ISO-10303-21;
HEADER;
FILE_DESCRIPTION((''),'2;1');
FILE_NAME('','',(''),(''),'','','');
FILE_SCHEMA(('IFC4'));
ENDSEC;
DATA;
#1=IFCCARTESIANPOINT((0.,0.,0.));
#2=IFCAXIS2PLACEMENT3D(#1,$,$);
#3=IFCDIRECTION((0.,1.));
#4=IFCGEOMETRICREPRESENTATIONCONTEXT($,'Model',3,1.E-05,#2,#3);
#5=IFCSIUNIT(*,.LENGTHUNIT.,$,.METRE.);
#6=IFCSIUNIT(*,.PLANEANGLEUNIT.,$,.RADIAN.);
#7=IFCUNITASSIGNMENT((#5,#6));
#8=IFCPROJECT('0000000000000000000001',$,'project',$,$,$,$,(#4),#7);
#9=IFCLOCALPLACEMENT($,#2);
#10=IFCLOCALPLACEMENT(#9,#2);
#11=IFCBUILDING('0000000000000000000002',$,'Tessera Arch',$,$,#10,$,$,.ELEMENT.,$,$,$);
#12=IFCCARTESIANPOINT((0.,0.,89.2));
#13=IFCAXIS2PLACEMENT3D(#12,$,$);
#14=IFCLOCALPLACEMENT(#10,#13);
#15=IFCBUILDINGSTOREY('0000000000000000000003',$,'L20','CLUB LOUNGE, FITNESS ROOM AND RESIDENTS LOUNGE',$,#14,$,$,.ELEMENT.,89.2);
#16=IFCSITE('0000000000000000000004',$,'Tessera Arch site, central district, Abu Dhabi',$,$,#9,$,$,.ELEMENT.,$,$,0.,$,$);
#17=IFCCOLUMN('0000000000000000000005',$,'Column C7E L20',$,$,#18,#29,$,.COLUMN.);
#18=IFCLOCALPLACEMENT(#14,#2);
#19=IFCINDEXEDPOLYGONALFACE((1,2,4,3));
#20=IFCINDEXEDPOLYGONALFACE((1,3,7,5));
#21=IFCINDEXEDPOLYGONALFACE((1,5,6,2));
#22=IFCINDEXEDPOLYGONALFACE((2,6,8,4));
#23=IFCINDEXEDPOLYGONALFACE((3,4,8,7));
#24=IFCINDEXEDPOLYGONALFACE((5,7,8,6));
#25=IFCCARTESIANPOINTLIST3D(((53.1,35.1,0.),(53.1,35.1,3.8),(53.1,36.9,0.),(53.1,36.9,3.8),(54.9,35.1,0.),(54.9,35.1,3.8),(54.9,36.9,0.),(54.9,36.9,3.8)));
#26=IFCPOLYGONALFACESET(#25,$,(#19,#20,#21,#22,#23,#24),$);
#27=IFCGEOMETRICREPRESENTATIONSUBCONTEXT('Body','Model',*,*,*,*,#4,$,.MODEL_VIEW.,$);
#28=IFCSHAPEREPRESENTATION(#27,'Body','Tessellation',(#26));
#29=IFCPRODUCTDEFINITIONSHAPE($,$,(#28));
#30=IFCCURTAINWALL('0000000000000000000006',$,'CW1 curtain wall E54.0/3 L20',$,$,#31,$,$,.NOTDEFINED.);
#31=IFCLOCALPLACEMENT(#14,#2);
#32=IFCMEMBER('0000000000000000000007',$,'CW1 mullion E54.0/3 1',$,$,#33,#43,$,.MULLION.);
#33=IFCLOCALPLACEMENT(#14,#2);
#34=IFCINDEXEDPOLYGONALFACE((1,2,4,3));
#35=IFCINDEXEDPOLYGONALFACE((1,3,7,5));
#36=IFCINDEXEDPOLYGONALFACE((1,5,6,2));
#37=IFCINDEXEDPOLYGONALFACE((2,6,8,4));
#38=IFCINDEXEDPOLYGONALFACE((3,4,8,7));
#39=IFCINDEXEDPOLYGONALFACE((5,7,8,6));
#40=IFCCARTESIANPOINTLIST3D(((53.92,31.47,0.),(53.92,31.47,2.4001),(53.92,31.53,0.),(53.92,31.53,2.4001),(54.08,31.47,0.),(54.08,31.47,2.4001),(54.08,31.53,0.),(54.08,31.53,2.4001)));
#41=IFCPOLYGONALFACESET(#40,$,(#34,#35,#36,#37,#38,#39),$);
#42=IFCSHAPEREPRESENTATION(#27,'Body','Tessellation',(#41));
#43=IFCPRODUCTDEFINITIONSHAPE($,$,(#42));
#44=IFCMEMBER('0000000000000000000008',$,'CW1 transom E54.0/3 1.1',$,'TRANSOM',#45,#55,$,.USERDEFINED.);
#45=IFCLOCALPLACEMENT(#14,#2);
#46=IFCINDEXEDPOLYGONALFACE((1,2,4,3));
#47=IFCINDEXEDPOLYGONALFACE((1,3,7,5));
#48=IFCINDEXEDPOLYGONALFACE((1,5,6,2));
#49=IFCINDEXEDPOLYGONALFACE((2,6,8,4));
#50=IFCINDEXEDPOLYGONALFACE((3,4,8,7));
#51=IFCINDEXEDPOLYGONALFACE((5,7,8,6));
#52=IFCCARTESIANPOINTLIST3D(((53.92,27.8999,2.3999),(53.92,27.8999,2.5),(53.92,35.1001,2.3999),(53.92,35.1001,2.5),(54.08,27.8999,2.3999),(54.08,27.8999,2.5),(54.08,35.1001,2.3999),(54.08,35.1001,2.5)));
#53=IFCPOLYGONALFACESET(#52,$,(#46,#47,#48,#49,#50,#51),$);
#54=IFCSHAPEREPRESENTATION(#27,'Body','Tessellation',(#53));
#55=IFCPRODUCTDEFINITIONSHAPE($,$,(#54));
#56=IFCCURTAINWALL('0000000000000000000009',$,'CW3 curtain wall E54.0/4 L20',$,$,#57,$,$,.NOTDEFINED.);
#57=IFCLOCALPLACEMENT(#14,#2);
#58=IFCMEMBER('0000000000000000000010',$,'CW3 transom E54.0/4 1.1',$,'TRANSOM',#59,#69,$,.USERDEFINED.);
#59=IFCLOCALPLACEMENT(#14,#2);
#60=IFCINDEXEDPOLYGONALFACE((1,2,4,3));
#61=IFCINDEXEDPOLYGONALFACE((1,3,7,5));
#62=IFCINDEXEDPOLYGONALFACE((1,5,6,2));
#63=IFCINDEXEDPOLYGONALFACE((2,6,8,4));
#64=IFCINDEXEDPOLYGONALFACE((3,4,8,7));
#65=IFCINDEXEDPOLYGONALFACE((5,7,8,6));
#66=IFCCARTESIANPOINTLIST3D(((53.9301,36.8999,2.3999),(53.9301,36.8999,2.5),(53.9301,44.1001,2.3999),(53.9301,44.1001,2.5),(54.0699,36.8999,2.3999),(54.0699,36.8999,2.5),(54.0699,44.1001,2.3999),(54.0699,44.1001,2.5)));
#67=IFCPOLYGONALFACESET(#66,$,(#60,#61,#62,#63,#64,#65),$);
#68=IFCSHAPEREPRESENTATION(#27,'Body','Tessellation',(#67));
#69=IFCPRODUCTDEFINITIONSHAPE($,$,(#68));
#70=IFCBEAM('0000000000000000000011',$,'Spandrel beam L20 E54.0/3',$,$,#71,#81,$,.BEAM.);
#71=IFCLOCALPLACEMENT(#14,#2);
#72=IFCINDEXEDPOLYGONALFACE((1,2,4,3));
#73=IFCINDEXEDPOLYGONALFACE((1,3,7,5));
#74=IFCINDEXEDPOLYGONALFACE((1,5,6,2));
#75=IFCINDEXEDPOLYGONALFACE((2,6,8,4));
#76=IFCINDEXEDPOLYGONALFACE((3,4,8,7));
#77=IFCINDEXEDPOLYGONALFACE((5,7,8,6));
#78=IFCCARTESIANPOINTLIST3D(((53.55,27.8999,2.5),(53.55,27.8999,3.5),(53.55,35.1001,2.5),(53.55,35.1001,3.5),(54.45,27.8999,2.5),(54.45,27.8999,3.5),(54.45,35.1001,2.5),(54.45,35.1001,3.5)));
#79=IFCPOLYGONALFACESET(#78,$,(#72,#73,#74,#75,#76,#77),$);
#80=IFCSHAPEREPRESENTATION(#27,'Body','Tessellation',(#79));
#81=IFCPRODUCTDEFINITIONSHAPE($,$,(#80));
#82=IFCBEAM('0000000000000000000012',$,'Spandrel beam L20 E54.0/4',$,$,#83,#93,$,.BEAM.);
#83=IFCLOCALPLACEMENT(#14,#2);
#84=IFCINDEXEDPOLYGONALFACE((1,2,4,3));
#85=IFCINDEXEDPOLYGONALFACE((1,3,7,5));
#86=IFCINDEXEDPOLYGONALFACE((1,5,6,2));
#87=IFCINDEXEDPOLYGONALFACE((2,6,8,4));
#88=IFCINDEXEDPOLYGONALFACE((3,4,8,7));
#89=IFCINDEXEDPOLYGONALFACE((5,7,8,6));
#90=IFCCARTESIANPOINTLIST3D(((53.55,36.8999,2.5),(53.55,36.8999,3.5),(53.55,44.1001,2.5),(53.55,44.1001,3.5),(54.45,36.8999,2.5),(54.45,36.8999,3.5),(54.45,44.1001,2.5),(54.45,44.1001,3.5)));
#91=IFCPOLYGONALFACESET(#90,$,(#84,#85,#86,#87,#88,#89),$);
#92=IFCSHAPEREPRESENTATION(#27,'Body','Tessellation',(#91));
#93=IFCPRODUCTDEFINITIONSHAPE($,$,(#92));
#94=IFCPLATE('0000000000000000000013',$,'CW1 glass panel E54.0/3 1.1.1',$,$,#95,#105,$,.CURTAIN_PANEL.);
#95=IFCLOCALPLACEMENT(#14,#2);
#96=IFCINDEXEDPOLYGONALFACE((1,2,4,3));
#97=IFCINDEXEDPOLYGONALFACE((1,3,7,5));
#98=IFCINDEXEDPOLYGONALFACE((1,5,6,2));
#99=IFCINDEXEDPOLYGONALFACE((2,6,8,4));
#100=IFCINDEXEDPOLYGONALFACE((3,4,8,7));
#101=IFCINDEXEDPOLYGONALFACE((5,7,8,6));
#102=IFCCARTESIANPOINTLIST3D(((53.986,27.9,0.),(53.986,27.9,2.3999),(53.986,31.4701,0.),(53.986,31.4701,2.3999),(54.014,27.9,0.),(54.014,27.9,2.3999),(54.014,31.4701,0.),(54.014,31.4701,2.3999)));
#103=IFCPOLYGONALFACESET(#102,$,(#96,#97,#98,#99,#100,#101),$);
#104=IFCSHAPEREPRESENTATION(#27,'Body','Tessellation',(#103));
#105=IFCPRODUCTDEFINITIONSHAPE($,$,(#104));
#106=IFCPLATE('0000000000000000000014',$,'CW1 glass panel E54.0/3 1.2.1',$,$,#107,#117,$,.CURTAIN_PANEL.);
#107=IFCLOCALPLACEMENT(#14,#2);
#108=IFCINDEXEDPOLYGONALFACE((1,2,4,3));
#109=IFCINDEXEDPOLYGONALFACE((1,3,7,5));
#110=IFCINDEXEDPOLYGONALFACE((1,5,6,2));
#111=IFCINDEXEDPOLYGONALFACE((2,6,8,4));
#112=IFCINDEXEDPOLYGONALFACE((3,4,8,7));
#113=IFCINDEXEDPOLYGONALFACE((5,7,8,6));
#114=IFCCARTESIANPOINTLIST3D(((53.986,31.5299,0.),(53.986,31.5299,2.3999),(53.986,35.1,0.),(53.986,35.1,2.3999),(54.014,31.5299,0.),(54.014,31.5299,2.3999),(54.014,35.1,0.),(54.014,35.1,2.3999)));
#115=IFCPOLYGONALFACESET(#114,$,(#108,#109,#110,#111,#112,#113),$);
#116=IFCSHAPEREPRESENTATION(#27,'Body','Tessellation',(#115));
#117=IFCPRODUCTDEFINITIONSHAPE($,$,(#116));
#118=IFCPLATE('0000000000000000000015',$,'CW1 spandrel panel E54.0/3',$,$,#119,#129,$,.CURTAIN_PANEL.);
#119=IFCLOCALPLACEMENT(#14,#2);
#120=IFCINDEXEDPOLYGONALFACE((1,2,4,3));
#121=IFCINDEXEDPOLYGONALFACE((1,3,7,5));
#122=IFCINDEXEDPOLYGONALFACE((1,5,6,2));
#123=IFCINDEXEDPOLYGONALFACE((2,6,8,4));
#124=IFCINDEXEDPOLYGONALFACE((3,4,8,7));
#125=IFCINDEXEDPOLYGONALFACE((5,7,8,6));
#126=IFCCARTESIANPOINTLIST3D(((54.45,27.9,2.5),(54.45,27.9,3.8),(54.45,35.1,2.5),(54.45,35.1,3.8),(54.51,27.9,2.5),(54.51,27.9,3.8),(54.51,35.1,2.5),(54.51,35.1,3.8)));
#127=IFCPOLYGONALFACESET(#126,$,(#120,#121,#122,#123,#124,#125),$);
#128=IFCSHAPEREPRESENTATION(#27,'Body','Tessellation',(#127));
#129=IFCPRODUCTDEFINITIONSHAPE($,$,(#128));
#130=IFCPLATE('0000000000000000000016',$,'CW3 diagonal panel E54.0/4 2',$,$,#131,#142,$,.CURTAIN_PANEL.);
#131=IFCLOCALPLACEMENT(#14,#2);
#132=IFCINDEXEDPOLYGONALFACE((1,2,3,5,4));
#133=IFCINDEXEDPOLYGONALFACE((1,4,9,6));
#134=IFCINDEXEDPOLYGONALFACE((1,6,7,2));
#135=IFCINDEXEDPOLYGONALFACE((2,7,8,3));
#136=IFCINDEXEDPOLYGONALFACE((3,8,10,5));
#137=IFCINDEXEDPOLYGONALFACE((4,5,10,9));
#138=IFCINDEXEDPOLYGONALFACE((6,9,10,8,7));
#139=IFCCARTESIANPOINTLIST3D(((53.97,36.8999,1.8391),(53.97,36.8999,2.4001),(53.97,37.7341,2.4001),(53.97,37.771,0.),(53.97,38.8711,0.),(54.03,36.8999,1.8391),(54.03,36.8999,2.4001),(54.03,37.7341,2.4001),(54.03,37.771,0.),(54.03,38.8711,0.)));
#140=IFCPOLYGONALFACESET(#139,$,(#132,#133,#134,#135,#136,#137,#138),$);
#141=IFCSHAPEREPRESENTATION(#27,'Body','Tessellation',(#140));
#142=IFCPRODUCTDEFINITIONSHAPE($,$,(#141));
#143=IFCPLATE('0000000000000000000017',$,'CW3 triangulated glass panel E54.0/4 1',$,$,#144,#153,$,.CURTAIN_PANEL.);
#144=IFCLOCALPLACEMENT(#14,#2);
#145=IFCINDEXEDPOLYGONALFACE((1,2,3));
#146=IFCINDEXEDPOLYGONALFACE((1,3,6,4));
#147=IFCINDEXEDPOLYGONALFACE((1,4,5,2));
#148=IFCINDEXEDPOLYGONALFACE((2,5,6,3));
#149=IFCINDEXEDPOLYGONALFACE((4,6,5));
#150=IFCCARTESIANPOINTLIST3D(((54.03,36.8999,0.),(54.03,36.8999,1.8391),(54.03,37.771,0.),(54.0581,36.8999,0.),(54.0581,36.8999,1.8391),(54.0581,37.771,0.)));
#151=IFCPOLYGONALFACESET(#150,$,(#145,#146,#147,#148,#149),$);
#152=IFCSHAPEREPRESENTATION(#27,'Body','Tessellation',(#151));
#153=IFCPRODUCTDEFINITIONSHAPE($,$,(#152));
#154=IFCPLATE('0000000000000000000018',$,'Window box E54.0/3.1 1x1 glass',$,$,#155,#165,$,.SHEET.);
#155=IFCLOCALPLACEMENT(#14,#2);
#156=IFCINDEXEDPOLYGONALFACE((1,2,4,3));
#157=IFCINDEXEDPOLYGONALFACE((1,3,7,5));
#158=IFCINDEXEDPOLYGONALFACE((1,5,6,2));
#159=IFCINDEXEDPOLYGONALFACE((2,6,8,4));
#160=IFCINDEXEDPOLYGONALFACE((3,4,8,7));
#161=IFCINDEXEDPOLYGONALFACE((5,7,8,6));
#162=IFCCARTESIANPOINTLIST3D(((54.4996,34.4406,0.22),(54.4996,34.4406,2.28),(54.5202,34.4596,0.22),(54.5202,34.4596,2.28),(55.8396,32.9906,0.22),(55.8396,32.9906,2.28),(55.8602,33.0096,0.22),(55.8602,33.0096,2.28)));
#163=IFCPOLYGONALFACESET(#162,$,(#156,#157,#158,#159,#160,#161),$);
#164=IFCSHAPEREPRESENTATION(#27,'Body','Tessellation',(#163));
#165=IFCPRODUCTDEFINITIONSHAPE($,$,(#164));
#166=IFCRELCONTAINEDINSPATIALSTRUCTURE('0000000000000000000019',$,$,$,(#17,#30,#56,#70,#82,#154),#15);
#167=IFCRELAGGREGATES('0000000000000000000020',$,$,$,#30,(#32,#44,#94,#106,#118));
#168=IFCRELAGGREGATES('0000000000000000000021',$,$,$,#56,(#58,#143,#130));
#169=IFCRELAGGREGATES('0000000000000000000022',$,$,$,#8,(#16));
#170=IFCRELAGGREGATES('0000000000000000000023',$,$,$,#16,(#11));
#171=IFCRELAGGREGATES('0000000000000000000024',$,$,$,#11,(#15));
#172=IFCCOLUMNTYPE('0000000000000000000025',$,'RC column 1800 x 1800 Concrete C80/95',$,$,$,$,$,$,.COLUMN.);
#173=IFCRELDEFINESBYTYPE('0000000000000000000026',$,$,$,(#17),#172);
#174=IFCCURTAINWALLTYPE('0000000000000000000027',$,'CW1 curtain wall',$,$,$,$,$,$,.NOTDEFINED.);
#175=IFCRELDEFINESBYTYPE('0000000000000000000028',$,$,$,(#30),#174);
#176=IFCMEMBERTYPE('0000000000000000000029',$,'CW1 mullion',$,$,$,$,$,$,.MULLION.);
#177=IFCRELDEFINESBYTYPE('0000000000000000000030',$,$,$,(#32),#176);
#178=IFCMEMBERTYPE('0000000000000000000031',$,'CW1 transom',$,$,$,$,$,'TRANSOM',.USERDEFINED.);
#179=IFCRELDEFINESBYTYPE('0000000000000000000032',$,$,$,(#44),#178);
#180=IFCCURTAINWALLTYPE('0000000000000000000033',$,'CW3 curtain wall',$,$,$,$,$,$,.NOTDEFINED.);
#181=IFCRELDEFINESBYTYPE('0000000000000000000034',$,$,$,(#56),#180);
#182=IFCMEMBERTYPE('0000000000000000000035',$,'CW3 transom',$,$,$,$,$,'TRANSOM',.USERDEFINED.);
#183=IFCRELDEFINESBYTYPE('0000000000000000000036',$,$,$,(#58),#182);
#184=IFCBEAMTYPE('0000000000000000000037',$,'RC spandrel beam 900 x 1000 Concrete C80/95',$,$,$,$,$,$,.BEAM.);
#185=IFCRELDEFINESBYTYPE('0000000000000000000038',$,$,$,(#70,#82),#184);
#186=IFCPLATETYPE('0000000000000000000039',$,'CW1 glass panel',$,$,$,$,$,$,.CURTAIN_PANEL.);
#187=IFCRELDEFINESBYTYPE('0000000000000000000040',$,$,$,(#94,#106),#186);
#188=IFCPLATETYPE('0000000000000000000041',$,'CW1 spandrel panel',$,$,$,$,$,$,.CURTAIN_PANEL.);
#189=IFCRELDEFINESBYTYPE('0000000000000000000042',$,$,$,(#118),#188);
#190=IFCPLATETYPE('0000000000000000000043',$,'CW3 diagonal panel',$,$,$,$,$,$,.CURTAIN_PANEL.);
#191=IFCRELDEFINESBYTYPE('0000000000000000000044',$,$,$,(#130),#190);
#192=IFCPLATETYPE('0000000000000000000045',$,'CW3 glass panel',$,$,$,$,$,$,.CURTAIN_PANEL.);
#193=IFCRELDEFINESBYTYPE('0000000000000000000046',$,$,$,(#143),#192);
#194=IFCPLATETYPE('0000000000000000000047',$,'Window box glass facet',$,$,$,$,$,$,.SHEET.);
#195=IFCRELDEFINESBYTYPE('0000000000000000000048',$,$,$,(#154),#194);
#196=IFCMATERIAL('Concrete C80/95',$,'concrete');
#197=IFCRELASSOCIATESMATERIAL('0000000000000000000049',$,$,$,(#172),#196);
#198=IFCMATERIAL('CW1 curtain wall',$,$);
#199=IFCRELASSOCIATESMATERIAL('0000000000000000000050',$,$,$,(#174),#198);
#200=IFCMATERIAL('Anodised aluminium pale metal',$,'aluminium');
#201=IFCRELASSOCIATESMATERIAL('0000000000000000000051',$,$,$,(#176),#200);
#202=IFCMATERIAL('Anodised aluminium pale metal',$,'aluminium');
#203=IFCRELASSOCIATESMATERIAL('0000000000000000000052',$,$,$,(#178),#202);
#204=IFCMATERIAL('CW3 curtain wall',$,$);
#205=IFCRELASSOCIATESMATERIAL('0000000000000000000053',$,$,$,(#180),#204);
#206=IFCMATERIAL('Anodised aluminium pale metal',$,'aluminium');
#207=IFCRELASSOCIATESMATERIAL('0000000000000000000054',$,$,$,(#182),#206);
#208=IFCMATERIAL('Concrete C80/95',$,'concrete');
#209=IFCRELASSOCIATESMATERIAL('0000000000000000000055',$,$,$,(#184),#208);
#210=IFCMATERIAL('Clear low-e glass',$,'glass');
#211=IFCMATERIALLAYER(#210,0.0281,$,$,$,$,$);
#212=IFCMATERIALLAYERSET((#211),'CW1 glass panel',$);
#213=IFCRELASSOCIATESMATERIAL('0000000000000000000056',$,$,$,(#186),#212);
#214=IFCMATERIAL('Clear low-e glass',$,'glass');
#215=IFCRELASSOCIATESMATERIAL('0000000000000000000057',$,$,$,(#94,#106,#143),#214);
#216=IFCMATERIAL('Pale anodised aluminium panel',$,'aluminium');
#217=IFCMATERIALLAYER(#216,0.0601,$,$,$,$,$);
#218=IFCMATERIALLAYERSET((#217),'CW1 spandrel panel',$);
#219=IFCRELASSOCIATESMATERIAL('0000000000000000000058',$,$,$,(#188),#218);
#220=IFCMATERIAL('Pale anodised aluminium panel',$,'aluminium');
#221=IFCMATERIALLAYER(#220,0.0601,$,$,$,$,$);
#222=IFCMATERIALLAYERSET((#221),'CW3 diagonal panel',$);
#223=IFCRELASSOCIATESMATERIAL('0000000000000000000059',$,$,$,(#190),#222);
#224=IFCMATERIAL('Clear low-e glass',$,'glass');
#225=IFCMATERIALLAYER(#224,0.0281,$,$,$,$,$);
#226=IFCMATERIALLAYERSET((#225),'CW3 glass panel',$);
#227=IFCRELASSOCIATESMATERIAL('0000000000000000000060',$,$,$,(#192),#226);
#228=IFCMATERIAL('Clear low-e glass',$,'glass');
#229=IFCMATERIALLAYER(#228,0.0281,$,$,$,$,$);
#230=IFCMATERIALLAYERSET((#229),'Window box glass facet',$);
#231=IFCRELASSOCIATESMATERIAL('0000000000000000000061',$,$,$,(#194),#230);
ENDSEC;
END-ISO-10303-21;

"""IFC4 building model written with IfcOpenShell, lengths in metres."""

from ifc_helpers import new_model, si_unit, direction, frame, origin, origin_2d, place, context, subcontext, project, spatial, polyline, rectangle, outline, extrude, material, layer, layer_set, material_profile, profile_set, type_object, element, aggregate, save


model = new_model("IFC4")

# Units and contexts
model_context = context("Model", 3, precision=1e-05, world=origin(), true_north=direction((0.0, 1.0)))
body_context = subcontext(model_context, "Body", "Model", "MODEL_VIEW")
ifc_project = project(units=[si_unit("LENGTHUNIT", "METRE"), si_unit("PLANEANGLEUNIT", "RADIAN")], contexts=[model_context])

# Site, building, storey
site_placement = place(None, origin())
site = spatial("IfcSite", under=ifc_project, at=site_placement, Name="Tessera Arch site, central district, Abu Dhabi", CompositionType="ELEMENT", RefElevation=0.0)
building_placement = place(site_placement, origin())
building = spatial("IfcBuilding", under=site, at=building_placement, Name="Tessera Arch", CompositionType="ELEMENT")
storey_placement = place(building_placement, frame((0.0, 0.0, 89.2)))
storey = spatial("IfcBuildingStorey", under=building, at=storey_placement, Name="L20", Description="CLUB LOUNGE, FITNESS ROOM AND RESIDENTS LOUNGE", CompositionType="ELEMENT", Elevation=89.2)

# Column
ifc_material_1 = material(Name="Concrete C80/95", Category="concrete")
ifc_material_profile_1 = material_profile(ifc_material_1, rectangle(XDim=1.8, YDim=1.8, at=origin_2d()), Name="RC column 1800 x 1800 Concrete C80/95")
ifc_profile_set_1 = profile_set([ifc_material_profile_1], Name="Concrete C80/95")
column_type = type_object("IfcColumnType", Name="RC column 1800 x 1800 Concrete C80/95", PredefinedType="COLUMN", material=ifc_profile_set_1)
column_placement = place(storey_placement, frame((54.0, 36.0, 0.0), z_axis=(0.0, 0.0, 1.0), x_axis=(1.0, 0.0, 0.0)))
element("IfcColumn", 1, at=column_placement, inside=storey, type_object=column_type, Name="Column C7E L20", PredefinedType="COLUMN", context=body_context, shape_type="SweptSolid", body=[
    extrude(rectangle(XDim=1.8, YDim=1.8, at=origin_2d()), origin(), (0.0, 0.0, 1.0), 3.8),
])

# Curtain wall, members
ifc_material_2 = material(Name="CW1 curtain wall")
curtain_wall_type_1 = type_object("IfcCurtainWallType", Name="CW1 curtain wall", PredefinedType="NOTDEFINED", material=ifc_material_2)
curtain_wall_1_placement = place(storey_placement, origin())
curtain_wall_1 = element("IfcCurtainWall", 2, at=curtain_wall_1_placement, inside=storey, type_object=curtain_wall_type_1, Name="CW1 curtain wall E54.0/3 L20", PredefinedType="NOTDEFINED")
ifc_material_3 = material(Name="Anodised aluminium pale metal", Category="aluminium")
ifc_material_profile_2 = material_profile(ifc_material_3, rectangle(XDim=0.1599, YDim=0.0601, at=origin_2d()), Name="AL 60x160")
ifc_profile_set_2 = profile_set([ifc_material_profile_2], Name="Anodised aluminium pale metal")
member_type_1 = type_object("IfcMemberType", Name="CW1 mullion", PredefinedType="MULLION", material=ifc_profile_set_2)
member_1_placement = place(storey_placement, frame((54.0, 31.5, 0.0), z_axis=(0.0, 0.0, 1.0), x_axis=(-1.0, 0.0, 0.0)))
member_1 = element("IfcMember", 3, at=member_1_placement, type_object=member_type_1, Name="CW1 mullion E54.0/3 1", PredefinedType="MULLION", context=body_context, shape_type="SweptSolid", body=[
    extrude(rectangle(XDim=0.1599, YDim=0.0601, at=origin_2d()), origin(), (0.0, 0.0, 1.0), 2.4001),
])
ifc_material_4 = material(Name="Anodised aluminium pale metal", Category="aluminium")
ifc_material_profile_3 = material_profile(ifc_material_4, rectangle(XDim=0.1599, YDim=0.1001, at=origin_2d()), Name="AL 160x100")
ifc_profile_set_3 = profile_set([ifc_material_profile_3], Name="Anodised aluminium pale metal")
member_type_2 = type_object("IfcMemberType", Name="CW1 transom", ElementType="TRANSOM", PredefinedType="USERDEFINED", material=ifc_profile_set_3)
member_2_placement = place(storey_placement, frame((54.0, 27.8999, 2.45), z_axis=(0.0, 1.0, 0.0), x_axis=(-1.0, 0.0, 0.0)))
member_2 = element("IfcMember", 4, at=member_2_placement, type_object=member_type_2, Name="CW1 transom E54.0/3 1.1", ObjectType="TRANSOM", PredefinedType="USERDEFINED", context=body_context, shape_type="SweptSolid", body=[
    extrude(rectangle(XDim=0.1599, YDim=0.1001, at=origin_2d()), origin(), (0.0, 0.0, 1.0), 7.2002),
])

# Curtain wall, member
ifc_material_5 = material(Name="CW3 curtain wall")
curtain_wall_type_2 = type_object("IfcCurtainWallType", Name="CW3 curtain wall", PredefinedType="NOTDEFINED", material=ifc_material_5)
curtain_wall_2_placement = place(storey_placement, origin())
curtain_wall_2 = element("IfcCurtainWall", 5, at=curtain_wall_2_placement, inside=storey, type_object=curtain_wall_type_2, Name="CW3 curtain wall E54.0/4 L20", PredefinedType="NOTDEFINED")
ifc_material_6 = material(Name="Anodised aluminium pale metal", Category="aluminium")
ifc_material_profile_4 = material_profile(ifc_material_6, rectangle(XDim=0.1399, YDim=0.1001, at=origin_2d()), Name="AL 140x100")
ifc_profile_set_4 = profile_set([ifc_material_profile_4], Name="Anodised aluminium pale metal")
member_type_3 = type_object("IfcMemberType", Name="CW3 transom", ElementType="TRANSOM", PredefinedType="USERDEFINED", material=ifc_profile_set_4)
member_3_placement = place(storey_placement, frame((54.0, 36.8999, 2.45), z_axis=(0.0, 1.0, 0.0), x_axis=(-1.0, 0.0, 0.0)))
member_3 = element("IfcMember", 6, at=member_3_placement, type_object=member_type_3, Name="CW3 transom E54.0/4 1.1", ObjectType="TRANSOM", PredefinedType="USERDEFINED", context=body_context, shape_type="SweptSolid", body=[
    extrude(rectangle(XDim=0.1399, YDim=0.1001, at=origin_2d()), origin(), (0.0, 0.0, 1.0), 7.2002),
])

# Beams
ifc_material_7 = material(Name="Concrete C80/95", Category="concrete")
ifc_material_profile_5 = material_profile(ifc_material_7, rectangle(XDim=0.8999, YDim=1.0, at=origin_2d()), Name="RC spandrel beam 900 x 1000 Concrete C80/95")
ifc_profile_set_5 = profile_set([ifc_material_profile_5], Name="Concrete C80/95")
beam_type = type_object("IfcBeamType", Name="RC spandrel beam 900 x 1000 Concrete C80/95", PredefinedType="BEAM", material=ifc_profile_set_5)
for number, where, z_axis, x_axis, name in (
    (7, (54.0, 27.8999, 3.0), (0.0, 1.0, 0.0), (-1.0, 0.0, 0.0), "Spandrel beam L20 E54.0/3"),
    (8, (54.0, 36.8999, 3.0), (0.0, 1.0, 0.0), (-1.0, 0.0, 0.0), "Spandrel beam L20 E54.0/4"),
):
    element("IfcBeam", number, at=place(storey_placement, frame(where, z_axis=z_axis, x_axis=x_axis)), inside=storey, type_object=beam_type, Name=name, PredefinedType="BEAM", context=body_context, shape_type="SweptSolid", body=[
        extrude(rectangle(XDim=0.8999, YDim=1.0, at=origin_2d()), origin(), (0.0, 0.0, 1.0), 7.2002),
    ])

# Plates
ifc_material_8 = material(Name="Clear low-e glass", Category="glass")
ifc_material_9 = material(Name="Clear low-e glass", Category="glass")
ifc_layer_1 = layer(ifc_material_9, 0.0281)
ifc_layer_set_1 = layer_set([ifc_layer_1], Name="CW1 glass panel")
plate_type_1 = type_object("IfcPlateType", Name="CW1 glass panel", PredefinedType="CURTAIN_PANEL", material=ifc_layer_set_1)
plate_1_placement = place(storey_placement, frame((54.0, 29.6851, 0.0), z_axis=(0.0, 0.0, 1.0), x_axis=(0.0, 1.0, 0.0)))
plate_1 = element("IfcPlate", 9, at=plate_1_placement, type_object=plate_type_1, material=ifc_material_8, Name="CW1 glass panel E54.0/3 1.1.1", PredefinedType="CURTAIN_PANEL", context=body_context, shape_type="SweptSolid", body=[
    extrude(rectangle(XDim=3.5701, YDim=0.0281, at=origin_2d()), origin(), (0.0, 0.0, 1.0), 2.3999),
])
plate_2_placement = place(storey_placement, frame((54.0, 33.3149, 0.0), z_axis=(0.0, 0.0, 1.0), x_axis=(0.0, 1.0, 0.0)))
plate_2 = element("IfcPlate", 10, at=plate_2_placement, type_object=plate_type_1, material=ifc_material_8, Name="CW1 glass panel E54.0/3 1.2.1", PredefinedType="CURTAIN_PANEL", context=body_context, shape_type="SweptSolid", body=[
    extrude(rectangle(XDim=3.5701, YDim=0.0281, at=origin_2d()), origin(), (0.0, 0.0, 1.0), 2.3999),
])
ifc_material_10 = material(Name="Pale anodised aluminium panel", Category="aluminium")
ifc_layer_2 = layer(ifc_material_10, 0.0601)
ifc_layer_set_2 = layer_set([ifc_layer_2], Name="CW1 spandrel panel")
plate_type_2 = type_object("IfcPlateType", Name="CW1 spandrel panel", PredefinedType="CURTAIN_PANEL", material=ifc_layer_set_2)
plate_3_placement = place(storey_placement, frame((54.48, 31.5, 2.5), z_axis=(0.0, 0.0, 1.0), x_axis=(0.0, 1.0, 0.0)))
plate_3 = element("IfcPlate", 11, at=plate_3_placement, type_object=plate_type_2, Name="CW1 spandrel panel E54.0/3", PredefinedType="CURTAIN_PANEL", context=body_context, shape_type="SweptSolid", body=[
    extrude(rectangle(XDim=7.2, YDim=0.0601, at=origin_2d()), origin(), (0.0, 0.0, 1.0), 1.3),
])
aggregate(curtain_wall_1, [member_1, member_2, plate_1, plate_2, plate_3])
ifc_material_11 = material(Name="Pale anodised aluminium panel", Category="aluminium")
ifc_layer_3 = layer(ifc_material_11, 0.0601)
ifc_layer_set_3 = layer_set([ifc_layer_3], Name="CW3 diagonal panel")
plate_type_3 = type_object("IfcPlateType", Name="CW3 diagonal panel", PredefinedType="CURTAIN_PANEL", material=ifc_layer_set_3)
plate_4_placement = place(storey_placement, frame((54.03, 36.8999, 2.4001), z_axis=(1.0, 0.0, 0.0), x_axis=(0.0, 0.0, -1.0)))
plate_4 = element("IfcPlate", 12, at=plate_4_placement, type_object=plate_type_3, Name="CW3 diagonal panel E54.0/4 2", PredefinedType="CURTAIN_PANEL", context=body_context, shape_type="SweptSolid", body=[
    extrude(outline(polyline([(0.0, 0.0), (0.561, 0.0), (2.4001, 0.8711), (2.4001, 1.9712), (0.0, 0.8342), (0.0, 0.0)])), origin(), (0.0, 0.0, -1.0), 0.0601),
])
ifc_material_12 = material(Name="Clear low-e glass", Category="glass")
ifc_layer_4 = layer(ifc_material_12, 0.0281)
ifc_layer_set_4 = layer_set([ifc_layer_4], Name="CW3 glass panel")
plate_type_4 = type_object("IfcPlateType", Name="CW3 glass panel", PredefinedType="CURTAIN_PANEL", material=ifc_layer_set_4)
plate_5_placement = place(storey_placement, frame((54.0581, 36.8999, 0.0), z_axis=(1.0, 0.0, 0.0), x_axis=(0.0, 1.0, 0.0)))
plate_5 = element("IfcPlate", 13, at=plate_5_placement, type_object=plate_type_4, material=ifc_material_8, Name="CW3 triangulated glass panel E54.0/4 1", PredefinedType="CURTAIN_PANEL", context=body_context, shape_type="SweptSolid", body=[
    extrude(outline(polyline([(0.0, 0.0), (0.8711, 0.0), (0.0, 1.8391), (0.0, 0.0)])), origin(), (0.0, 0.0, -1.0), 0.0281),
])
aggregate(curtain_wall_2, [member_3, plate_5, plate_4])
ifc_material_13 = material(Name="Clear low-e glass", Category="glass")
ifc_layer_5 = layer(ifc_material_13, 0.0281)
ifc_layer_set_5 = layer_set([ifc_layer_5], Name="Window box glass facet")
plate_type_5 = type_object("IfcPlateType", Name="Window box glass facet", PredefinedType="SHEET", material=ifc_layer_set_5)
plate_6_placement = place(storey_placement, frame((55.1799, 33.7251, 0.22), z_axis=(0.0, 0.0, 1.0), x_axis=(0.678701, -0.734415, 0.0)))
element("IfcPlate", 14, at=plate_6_placement, inside=storey, type_object=plate_type_5, Name="Window box E54.0/3.1 1x1 glass", PredefinedType="SHEET", context=body_context, shape_type="SweptSolid", body=[
    extrude(rectangle(XDim=1.9744, YDim=0.0281, at=origin_2d()), origin(), (0.0, 0.0, 1.0), 2.0601),
])

save(model, "model.ifc")
